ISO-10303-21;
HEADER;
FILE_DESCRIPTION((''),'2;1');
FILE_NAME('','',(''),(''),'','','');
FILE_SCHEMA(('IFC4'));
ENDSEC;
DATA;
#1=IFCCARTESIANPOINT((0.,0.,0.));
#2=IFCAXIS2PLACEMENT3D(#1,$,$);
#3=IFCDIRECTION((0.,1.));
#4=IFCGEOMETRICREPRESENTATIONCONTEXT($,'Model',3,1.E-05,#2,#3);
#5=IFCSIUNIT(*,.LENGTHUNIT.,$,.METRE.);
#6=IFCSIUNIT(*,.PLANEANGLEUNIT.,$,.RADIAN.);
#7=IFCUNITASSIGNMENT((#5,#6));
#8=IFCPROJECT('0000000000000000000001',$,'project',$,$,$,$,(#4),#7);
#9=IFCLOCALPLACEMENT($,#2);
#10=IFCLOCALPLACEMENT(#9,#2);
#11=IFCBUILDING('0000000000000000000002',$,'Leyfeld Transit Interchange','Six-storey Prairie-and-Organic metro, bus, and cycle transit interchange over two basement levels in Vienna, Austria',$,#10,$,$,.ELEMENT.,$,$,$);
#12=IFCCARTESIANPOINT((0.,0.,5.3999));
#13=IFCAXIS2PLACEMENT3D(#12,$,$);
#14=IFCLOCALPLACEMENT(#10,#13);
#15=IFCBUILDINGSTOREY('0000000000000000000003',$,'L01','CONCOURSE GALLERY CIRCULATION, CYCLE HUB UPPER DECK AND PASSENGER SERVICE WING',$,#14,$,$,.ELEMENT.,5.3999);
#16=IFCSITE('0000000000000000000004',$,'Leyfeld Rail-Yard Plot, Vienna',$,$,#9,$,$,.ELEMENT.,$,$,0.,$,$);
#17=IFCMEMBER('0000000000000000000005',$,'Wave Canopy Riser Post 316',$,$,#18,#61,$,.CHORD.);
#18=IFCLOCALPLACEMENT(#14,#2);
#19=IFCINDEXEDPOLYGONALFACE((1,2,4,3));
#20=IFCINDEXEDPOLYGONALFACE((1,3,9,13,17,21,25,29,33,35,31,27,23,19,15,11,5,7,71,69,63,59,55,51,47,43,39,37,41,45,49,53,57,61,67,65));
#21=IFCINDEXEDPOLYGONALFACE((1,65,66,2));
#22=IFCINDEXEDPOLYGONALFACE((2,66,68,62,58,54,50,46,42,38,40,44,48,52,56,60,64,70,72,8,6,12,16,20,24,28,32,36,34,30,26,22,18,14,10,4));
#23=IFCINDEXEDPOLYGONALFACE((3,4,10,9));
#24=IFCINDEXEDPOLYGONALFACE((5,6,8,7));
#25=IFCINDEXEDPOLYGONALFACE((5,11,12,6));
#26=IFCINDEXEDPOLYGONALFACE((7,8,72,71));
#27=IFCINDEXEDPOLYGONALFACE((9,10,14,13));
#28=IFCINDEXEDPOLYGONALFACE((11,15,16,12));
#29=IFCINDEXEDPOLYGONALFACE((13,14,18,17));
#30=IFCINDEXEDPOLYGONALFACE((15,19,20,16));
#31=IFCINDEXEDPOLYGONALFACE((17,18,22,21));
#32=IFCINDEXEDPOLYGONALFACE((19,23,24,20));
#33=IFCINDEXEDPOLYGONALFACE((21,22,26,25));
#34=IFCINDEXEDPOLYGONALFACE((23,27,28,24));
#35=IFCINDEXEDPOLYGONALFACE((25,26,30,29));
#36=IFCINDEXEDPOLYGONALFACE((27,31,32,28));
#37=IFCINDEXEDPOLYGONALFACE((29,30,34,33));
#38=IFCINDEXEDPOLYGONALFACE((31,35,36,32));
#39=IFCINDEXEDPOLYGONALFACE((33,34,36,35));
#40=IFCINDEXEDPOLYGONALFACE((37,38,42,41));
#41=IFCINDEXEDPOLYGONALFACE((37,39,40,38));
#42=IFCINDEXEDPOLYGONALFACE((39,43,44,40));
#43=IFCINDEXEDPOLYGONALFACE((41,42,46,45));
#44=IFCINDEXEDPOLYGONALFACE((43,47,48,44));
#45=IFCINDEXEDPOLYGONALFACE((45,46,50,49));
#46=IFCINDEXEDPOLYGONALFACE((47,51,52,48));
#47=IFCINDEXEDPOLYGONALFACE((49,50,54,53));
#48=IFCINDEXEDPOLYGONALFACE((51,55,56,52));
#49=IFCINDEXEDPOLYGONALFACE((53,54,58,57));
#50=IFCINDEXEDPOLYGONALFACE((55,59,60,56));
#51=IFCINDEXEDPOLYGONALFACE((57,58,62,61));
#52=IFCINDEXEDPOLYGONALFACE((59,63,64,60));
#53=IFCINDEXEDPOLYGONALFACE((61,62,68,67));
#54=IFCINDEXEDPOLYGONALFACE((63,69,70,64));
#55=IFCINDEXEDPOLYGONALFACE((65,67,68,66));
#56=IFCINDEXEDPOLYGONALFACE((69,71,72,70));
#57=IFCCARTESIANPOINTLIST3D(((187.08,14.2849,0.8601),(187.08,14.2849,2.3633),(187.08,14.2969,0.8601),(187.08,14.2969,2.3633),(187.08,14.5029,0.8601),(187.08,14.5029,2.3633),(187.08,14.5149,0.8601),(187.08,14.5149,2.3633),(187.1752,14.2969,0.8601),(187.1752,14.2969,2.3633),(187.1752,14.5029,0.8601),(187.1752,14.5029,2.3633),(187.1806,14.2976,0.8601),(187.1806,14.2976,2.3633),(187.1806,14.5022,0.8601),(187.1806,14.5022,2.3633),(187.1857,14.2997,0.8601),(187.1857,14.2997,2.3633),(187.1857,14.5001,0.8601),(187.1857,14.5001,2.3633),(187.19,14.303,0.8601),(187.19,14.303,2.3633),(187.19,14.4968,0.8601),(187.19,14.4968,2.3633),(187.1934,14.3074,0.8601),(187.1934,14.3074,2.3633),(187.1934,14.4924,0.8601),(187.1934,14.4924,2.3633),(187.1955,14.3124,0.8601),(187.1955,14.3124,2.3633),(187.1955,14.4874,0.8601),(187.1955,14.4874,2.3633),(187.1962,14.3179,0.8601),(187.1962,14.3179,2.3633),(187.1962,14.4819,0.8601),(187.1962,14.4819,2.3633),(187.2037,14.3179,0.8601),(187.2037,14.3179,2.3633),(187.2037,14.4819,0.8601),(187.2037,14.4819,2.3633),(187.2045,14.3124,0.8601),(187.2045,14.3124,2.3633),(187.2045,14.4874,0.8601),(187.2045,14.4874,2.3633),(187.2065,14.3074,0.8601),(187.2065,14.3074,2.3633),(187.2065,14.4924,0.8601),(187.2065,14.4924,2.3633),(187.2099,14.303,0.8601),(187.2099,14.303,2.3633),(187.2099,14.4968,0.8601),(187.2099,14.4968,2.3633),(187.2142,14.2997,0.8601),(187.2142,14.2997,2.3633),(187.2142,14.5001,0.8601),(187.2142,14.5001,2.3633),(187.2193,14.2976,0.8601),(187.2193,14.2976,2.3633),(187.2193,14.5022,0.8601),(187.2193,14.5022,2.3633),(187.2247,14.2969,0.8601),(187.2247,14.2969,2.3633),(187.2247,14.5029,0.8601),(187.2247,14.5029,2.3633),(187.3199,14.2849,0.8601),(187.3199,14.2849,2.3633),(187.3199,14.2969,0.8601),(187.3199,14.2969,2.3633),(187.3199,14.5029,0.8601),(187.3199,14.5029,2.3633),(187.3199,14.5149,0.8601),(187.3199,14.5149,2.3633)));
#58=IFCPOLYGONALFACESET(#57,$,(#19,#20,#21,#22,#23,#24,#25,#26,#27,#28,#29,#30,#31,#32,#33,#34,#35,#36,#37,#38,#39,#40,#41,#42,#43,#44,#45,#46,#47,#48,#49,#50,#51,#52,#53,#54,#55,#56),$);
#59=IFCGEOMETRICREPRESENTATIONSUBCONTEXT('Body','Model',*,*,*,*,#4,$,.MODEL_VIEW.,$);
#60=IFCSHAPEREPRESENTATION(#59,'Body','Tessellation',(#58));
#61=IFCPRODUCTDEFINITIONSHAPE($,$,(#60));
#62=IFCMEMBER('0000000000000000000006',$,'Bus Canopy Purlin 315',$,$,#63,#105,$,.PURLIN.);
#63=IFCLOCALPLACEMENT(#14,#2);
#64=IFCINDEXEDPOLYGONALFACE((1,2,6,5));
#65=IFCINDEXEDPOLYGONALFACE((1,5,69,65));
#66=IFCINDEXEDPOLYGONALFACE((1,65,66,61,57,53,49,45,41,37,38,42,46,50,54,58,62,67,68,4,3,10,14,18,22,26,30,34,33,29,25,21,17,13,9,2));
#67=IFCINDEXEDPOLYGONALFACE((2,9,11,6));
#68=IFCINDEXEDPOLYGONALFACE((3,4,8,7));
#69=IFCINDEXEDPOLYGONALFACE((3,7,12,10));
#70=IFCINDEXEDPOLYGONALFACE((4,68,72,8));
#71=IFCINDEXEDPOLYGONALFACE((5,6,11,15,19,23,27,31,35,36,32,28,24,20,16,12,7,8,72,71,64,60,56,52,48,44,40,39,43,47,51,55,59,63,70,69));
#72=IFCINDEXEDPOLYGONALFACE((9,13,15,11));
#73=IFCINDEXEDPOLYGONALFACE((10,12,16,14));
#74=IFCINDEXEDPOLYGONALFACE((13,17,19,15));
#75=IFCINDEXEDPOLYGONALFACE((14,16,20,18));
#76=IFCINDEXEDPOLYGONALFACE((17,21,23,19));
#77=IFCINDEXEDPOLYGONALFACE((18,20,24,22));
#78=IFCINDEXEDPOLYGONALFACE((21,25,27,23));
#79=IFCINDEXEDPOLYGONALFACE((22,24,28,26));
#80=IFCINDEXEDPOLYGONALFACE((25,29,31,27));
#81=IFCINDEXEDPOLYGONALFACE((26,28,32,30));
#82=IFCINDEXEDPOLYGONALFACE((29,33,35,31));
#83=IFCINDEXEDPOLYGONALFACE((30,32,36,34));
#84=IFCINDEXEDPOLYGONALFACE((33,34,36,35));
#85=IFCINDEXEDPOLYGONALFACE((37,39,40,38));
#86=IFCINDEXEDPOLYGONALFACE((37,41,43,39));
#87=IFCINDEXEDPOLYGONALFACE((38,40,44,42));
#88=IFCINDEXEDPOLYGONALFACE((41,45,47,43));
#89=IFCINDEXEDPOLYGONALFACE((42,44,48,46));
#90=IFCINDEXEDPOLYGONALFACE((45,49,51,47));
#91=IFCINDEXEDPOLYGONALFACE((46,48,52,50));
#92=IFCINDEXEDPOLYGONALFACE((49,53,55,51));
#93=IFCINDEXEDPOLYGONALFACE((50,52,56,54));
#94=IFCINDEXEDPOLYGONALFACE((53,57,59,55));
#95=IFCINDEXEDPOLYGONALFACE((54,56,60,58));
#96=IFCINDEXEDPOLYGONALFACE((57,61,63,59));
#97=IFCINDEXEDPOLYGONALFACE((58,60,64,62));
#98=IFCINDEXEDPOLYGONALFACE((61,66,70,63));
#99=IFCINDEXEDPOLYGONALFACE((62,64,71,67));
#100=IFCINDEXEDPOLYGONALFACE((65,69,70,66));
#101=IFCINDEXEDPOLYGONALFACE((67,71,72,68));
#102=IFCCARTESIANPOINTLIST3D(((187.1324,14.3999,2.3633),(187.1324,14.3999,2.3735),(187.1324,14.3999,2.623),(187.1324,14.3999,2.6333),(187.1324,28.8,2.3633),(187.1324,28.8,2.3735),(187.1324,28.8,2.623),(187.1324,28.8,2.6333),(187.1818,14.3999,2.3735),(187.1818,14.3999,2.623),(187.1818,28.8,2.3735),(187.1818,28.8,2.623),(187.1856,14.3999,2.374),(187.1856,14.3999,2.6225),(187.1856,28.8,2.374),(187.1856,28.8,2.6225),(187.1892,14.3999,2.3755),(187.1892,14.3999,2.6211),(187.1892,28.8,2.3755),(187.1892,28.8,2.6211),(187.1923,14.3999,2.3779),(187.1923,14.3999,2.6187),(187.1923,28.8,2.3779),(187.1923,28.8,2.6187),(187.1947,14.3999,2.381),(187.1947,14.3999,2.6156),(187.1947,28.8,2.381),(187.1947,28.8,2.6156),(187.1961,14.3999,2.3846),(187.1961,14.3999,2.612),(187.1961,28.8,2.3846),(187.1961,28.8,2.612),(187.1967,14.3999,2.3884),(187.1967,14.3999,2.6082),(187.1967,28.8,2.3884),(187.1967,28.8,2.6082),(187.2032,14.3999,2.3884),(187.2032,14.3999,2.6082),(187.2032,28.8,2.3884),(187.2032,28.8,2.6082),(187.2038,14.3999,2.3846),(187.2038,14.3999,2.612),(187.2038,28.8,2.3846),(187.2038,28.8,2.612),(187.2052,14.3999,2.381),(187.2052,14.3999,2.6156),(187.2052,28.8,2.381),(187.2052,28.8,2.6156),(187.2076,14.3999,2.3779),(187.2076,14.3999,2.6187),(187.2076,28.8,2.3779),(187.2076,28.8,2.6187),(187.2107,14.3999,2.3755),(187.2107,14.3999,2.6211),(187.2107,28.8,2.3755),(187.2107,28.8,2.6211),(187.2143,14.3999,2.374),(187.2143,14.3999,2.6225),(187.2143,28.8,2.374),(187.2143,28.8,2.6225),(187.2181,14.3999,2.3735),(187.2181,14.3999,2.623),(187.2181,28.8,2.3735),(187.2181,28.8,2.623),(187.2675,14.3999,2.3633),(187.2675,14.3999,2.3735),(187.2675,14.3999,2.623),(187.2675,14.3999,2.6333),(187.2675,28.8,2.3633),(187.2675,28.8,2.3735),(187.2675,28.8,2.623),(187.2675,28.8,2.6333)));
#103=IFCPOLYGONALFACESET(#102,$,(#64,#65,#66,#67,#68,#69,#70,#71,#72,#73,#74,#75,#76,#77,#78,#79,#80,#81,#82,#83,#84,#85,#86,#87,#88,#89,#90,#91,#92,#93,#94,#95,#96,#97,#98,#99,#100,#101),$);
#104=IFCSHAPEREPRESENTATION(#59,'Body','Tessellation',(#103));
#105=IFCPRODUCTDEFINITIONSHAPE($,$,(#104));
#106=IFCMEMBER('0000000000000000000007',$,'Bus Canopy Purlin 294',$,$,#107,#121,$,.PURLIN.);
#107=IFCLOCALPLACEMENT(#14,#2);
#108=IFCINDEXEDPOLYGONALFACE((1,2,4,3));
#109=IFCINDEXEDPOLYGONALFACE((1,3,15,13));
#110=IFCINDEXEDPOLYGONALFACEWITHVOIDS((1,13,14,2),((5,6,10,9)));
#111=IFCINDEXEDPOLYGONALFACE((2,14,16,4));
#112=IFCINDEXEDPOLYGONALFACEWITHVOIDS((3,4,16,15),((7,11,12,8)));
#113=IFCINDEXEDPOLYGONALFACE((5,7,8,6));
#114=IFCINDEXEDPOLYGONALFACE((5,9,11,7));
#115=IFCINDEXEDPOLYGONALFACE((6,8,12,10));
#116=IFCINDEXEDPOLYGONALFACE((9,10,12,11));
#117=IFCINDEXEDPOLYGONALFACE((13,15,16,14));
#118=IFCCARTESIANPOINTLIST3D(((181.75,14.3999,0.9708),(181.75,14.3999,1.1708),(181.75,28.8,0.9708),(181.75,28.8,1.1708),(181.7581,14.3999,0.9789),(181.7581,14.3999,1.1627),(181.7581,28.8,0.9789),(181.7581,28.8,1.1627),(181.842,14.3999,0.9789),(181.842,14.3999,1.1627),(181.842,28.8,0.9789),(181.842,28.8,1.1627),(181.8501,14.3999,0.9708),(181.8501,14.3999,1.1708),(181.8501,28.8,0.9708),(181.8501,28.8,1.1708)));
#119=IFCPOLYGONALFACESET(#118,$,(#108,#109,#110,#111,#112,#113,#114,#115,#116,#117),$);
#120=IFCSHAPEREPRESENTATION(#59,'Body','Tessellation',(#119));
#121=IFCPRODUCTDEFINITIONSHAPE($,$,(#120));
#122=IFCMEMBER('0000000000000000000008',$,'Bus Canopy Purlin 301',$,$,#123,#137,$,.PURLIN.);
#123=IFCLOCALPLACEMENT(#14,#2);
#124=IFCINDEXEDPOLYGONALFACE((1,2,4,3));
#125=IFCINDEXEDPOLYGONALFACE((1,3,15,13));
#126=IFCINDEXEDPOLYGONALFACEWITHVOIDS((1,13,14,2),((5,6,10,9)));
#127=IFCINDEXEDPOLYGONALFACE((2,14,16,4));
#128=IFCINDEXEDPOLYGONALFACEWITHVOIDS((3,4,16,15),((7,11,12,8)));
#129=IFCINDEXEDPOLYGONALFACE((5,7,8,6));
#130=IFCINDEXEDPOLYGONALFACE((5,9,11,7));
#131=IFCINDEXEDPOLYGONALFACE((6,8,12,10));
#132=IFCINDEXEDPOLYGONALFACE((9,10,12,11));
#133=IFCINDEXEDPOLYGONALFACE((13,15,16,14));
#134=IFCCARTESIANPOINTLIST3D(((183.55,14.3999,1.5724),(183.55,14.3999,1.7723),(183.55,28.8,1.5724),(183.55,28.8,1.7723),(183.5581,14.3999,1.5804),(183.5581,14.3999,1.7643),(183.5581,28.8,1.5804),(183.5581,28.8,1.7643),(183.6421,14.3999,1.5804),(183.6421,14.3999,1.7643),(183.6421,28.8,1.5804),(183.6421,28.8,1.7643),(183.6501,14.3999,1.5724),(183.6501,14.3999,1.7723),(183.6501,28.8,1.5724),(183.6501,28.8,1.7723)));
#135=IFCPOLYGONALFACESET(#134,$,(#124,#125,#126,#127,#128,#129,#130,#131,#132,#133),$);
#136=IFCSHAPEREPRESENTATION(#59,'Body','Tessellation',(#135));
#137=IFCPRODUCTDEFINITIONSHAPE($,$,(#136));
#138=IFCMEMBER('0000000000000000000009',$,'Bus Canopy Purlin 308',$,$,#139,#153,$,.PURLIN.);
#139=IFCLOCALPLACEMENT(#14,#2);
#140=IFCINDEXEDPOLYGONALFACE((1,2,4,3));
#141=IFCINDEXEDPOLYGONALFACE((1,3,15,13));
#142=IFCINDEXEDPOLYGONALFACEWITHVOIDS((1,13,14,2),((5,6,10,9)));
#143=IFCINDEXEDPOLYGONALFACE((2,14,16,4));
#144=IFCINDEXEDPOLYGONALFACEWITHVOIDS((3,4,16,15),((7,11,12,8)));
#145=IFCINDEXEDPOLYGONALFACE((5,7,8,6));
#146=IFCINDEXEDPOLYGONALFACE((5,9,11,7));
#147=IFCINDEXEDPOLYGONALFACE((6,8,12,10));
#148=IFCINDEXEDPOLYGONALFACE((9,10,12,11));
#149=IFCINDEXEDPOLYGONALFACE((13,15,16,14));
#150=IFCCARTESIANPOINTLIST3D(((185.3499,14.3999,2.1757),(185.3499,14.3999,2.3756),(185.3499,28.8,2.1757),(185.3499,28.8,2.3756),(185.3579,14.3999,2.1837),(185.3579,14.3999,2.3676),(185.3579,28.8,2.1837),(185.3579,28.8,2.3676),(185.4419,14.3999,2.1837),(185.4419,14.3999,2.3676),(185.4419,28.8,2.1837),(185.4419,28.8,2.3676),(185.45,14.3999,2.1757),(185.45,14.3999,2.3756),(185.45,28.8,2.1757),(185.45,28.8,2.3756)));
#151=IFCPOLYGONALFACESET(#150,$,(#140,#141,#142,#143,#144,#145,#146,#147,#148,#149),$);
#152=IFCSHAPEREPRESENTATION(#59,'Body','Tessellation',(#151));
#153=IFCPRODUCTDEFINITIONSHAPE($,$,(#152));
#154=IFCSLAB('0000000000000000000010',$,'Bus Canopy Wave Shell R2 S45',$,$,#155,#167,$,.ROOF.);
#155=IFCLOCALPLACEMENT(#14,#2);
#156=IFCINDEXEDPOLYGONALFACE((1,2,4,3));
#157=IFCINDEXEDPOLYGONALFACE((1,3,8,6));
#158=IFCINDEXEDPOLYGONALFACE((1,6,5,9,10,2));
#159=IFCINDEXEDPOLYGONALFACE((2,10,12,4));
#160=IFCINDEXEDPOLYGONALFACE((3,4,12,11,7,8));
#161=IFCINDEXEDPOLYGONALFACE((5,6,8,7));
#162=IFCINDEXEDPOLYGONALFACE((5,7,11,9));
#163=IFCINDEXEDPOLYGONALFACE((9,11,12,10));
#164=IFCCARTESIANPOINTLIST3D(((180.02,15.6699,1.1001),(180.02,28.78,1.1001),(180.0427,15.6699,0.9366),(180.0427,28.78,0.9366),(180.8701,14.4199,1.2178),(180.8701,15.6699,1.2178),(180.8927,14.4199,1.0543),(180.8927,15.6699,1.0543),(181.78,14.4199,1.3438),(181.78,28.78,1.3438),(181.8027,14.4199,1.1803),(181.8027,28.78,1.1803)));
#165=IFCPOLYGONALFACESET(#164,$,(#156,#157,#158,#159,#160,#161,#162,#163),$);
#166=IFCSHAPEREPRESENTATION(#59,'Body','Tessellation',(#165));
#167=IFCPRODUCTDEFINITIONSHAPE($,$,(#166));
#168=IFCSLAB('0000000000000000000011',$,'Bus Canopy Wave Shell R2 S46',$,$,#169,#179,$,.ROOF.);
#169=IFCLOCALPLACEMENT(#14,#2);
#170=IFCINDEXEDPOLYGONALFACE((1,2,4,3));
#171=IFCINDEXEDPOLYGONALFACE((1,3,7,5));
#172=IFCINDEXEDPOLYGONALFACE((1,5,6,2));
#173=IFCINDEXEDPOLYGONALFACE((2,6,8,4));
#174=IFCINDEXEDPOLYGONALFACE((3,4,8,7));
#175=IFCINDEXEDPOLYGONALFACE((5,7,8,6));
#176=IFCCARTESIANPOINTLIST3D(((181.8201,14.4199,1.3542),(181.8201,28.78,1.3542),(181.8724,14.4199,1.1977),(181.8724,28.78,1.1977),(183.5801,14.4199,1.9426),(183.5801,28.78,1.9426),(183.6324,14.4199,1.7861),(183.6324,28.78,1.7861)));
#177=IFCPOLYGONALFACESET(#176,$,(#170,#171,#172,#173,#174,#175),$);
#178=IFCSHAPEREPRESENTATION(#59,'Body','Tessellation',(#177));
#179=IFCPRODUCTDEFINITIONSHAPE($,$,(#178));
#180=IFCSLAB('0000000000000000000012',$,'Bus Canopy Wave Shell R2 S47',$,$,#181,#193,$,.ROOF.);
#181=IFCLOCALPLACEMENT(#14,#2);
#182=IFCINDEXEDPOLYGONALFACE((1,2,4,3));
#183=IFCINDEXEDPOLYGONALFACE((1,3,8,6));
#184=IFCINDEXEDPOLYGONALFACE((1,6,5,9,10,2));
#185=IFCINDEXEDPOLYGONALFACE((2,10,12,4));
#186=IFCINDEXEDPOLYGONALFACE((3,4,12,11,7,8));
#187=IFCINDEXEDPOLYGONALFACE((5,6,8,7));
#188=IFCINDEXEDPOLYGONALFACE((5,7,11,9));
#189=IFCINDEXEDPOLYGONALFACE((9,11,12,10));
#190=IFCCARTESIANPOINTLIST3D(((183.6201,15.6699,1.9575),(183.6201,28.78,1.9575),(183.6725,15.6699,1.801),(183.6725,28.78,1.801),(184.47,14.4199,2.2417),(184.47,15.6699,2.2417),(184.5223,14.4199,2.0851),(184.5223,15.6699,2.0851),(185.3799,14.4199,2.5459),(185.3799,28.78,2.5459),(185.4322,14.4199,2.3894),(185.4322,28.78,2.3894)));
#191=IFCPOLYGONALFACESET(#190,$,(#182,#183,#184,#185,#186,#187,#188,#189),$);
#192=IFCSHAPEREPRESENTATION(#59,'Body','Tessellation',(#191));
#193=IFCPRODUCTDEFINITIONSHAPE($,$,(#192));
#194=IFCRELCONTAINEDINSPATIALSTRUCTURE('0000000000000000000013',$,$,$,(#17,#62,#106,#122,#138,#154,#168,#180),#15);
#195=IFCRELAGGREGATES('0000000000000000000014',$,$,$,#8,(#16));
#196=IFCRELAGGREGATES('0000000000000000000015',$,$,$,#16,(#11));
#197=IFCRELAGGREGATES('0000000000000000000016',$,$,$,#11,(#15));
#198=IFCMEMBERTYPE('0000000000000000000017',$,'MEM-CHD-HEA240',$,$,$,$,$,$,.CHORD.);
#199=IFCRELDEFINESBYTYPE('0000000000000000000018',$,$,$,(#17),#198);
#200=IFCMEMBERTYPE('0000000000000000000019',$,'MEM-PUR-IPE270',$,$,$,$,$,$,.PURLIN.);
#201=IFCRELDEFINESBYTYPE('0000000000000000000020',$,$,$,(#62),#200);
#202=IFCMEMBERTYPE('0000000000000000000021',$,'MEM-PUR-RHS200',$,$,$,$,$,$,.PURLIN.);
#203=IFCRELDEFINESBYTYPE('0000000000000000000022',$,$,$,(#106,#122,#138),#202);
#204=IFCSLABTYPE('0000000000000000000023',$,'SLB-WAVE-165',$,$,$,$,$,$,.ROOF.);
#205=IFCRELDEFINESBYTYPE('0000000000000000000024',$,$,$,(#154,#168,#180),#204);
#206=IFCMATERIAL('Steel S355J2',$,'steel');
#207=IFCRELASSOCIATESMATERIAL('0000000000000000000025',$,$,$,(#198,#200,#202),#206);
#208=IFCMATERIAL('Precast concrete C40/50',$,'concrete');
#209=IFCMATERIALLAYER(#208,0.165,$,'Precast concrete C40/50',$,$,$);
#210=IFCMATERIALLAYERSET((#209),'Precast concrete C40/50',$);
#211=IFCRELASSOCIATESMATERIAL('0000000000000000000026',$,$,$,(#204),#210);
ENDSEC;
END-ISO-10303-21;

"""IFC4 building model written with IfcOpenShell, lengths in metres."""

from ifc_helpers import new_model, si_unit, direction, frame, origin, origin_2d, place, context, subcontext, project, spatial, polyline, hollow_rectangle, i_section, outline, extrude, material, layer, layer_set, material_profile, profile_set, type_object, element, save


model = new_model("IFC4")

# Units and contexts
model_context = context("Model", 3, precision=1e-05, world=origin(), true_north=direction((0.0, 1.0)))
body_context = subcontext(model_context, "Body", "Model", "MODEL_VIEW")
ifc_project = project(units=[si_unit("LENGTHUNIT", "METRE"), si_unit("PLANEANGLEUNIT", "RADIAN")], contexts=[model_context])

# Site, building, storey
site_placement = place(None, origin())
site = spatial("IfcSite", under=ifc_project, at=site_placement, Name="Leyfeld Rail-Yard Plot, Vienna", CompositionType="ELEMENT", RefElevation=0.0)
building_placement = place(site_placement, origin())
building = spatial("IfcBuilding", under=site, at=building_placement, Name="Leyfeld Transit Interchange", Description="Six-storey Prairie-and-Organic metro, bus, and cycle transit interchange over two basement levels in Vienna, Austria", CompositionType="ELEMENT")
storey_placement = place(building_placement, frame((0.0, 0.0, 5.3999)))
storey = spatial("IfcBuildingStorey", under=building, at=storey_placement, Name="L01", Description="CONCOURSE GALLERY CIRCULATION, CYCLE HUB UPPER DECK AND PASSENGER SERVICE WING", CompositionType="ELEMENT", Elevation=5.3999)

# Shared definitions
ifc_material_1 = material(Name="Steel S355J2", Category="steel")

# Members
ifc_material_profile_1 = material_profile(ifc_material_1, i_section(OverallWidth=0.24, OverallDepth=0.23, WebThickness=0.0076, FlangeThickness=0.012, FilletRadius=0.021, at=origin_2d()), Name="HEA 240")
ifc_profile_set_1 = profile_set([ifc_material_profile_1], Name="Steel S355J2")
member_type_1 = type_object("IfcMemberType", Name="MEM-CHD-HEA240", PredefinedType="CHORD", material=ifc_profile_set_1)
member_1_placement = place(storey_placement, frame((187.2, 14.3999, 0.8601), z_axis=(0.0, 0.0, 1.0), x_axis=(1.0, 0.0, 0.0)))
element("IfcMember", 1, at=member_1_placement, inside=storey, type_object=member_type_1, Name="Wave Canopy Riser Post 316", PredefinedType="CHORD", context=body_context, shape_type="SweptSolid", body=[
    extrude(i_section(OverallWidth=0.24, OverallDepth=0.23, WebThickness=0.0076, FlangeThickness=0.012, FilletRadius=0.021, at=origin_2d()), origin(), (0.0, 0.0, 1.0), 1.5032),
])
ifc_material_profile_2 = material_profile(ifc_material_1, i_section(OverallWidth=0.135, OverallDepth=0.27, WebThickness=0.0066, FlangeThickness=0.0103, FilletRadius=0.0149, at=origin_2d()), Name="IPE 270")
ifc_profile_set_2 = profile_set([ifc_material_profile_2], Name="Steel S355J2")
member_type_2 = type_object("IfcMemberType", Name="MEM-PUR-IPE270", PredefinedType="PURLIN", material=ifc_profile_set_2)
member_2_placement = place(storey_placement, frame((187.2, 14.3999, 2.4983), z_axis=(0.0, 1.0, 0.0), x_axis=(-1.0, 0.0, 0.0)))
element("IfcMember", 2, at=member_2_placement, inside=storey, type_object=member_type_2, Name="Bus Canopy Purlin 315", PredefinedType="PURLIN", context=body_context, shape_type="SweptSolid", body=[
    extrude(i_section(OverallWidth=0.135, OverallDepth=0.27, WebThickness=0.0066, FlangeThickness=0.0103, FilletRadius=0.0149, at=origin_2d()), origin(), (0.0, 0.0, 1.0), 14.4001),
])
ifc_material_profile_3 = material_profile(ifc_material_1, hollow_rectangle(XDim=0.1001, YDim=0.2, WallThickness=0.0081, at=origin_2d()), Name="RHS 200x100x8")
ifc_profile_set_3 = profile_set([ifc_material_profile_3], Name="Steel S355J2")
member_type_3 = type_object("IfcMemberType", Name="MEM-PUR-RHS200", PredefinedType="PURLIN", material=ifc_profile_set_3)
for number, where, z_axis, x_axis, name in (
    (3, (181.8, 14.3999, 1.0708), (0.0, 1.0, 0.0), (-1.0, 0.0, 0.0), "Bus Canopy Purlin 294"),
    (4, (183.6001, 14.3999, 1.6724), (0.0, 1.0, 0.0), (-1.0, 0.0, 0.0), "Bus Canopy Purlin 301"),
    (5, (185.3999, 14.3999, 2.2756), (0.0, 1.0, 0.0), (-1.0, 0.0, 0.0), "Bus Canopy Purlin 308"),
):
    element("IfcMember", number, at=place(storey_placement, frame(where, z_axis=z_axis, x_axis=x_axis)), inside=storey, type_object=member_type_3, Name=name, PredefinedType="PURLIN", context=body_context, shape_type="SweptSolid", body=[
        extrude(hollow_rectangle(XDim=0.1001, YDim=0.2, WallThickness=0.0081, at=origin_2d()), origin(), (0.0, 0.0, 1.0), 14.4001),
    ])

# Slabs
ifc_material_2 = material(Name="Precast concrete C40/50", Category="concrete")
ifc_layer = layer(ifc_material_2, 0.165, Name="Precast concrete C40/50")
ifc_layer_set = layer_set([ifc_layer], Name="Precast concrete C40/50")
slab_type = type_object("IfcSlabType", Name="SLB-WAVE-165", PredefinedType="ROOF", material=ifc_layer_set)
slab_1_placement = place(storey_placement, frame((180.02, 15.6699, 1.1001), z_axis=(-0.137131, 0.0, 0.990553), x_axis=(0.990553, 0.0, 0.137131)))
element("IfcSlab", 6, at=slab_1_placement, inside=storey, type_object=slab_type, Name="Bus Canopy Wave Shell R2 S45", PredefinedType="ROOF", context=body_context, shape_type="SweptSolid", body=[
    extrude(outline(polyline([(0.0, 0.0), (0.8582, 0.0), (0.8582, -1.25), (1.7768, -1.25), (1.7768, 13.1101), (0.0, 13.1101), (0.0, 0.0)])), origin(), (0.0, 0.0, -1.0), 0.165),
])
slab_2_placement = place(storey_placement, frame((181.8201, 14.4199, 1.3542), z_axis=(-0.317056, 0.0, 0.948407), x_axis=(0.948407, 0.0, 0.317056)))
element("IfcSlab", 7, at=slab_2_placement, inside=storey, type_object=slab_type, Name="Bus Canopy Wave Shell R2 S46", PredefinedType="ROOF", context=body_context, shape_type="SweptSolid", body=[
    extrude(outline(polyline([(0.0, 0.0), (1.8558, 0.0), (1.8558, 14.3601), (0.0, 14.3601), (0.0, 0.0)])), origin(), (0.0, 0.0, -1.0), 0.165),
])
slab_3_placement = place(storey_placement, frame((183.6201, 15.6699, 1.9575), z_axis=(-0.317095, 0.000001, 0.948394), x_axis=(0.948394, 0.0, 0.317095)))
element("IfcSlab", 8, at=slab_3_placement, inside=storey, type_object=slab_type, Name="Bus Canopy Wave Shell R2 S47", PredefinedType="ROOF", context=body_context, shape_type="SweptSolid", body=[
    extrude(outline(polyline([(0.0, 0.0), (0.8961, 0.0), (0.8961, -1.25), (1.8555, -1.25), (1.8555, 13.1101), (0.0, 13.1101), (0.0, 0.0)])), origin(), (0.0, 0.0, -1.0), 0.165),
])

save(model, "model.ifc")
